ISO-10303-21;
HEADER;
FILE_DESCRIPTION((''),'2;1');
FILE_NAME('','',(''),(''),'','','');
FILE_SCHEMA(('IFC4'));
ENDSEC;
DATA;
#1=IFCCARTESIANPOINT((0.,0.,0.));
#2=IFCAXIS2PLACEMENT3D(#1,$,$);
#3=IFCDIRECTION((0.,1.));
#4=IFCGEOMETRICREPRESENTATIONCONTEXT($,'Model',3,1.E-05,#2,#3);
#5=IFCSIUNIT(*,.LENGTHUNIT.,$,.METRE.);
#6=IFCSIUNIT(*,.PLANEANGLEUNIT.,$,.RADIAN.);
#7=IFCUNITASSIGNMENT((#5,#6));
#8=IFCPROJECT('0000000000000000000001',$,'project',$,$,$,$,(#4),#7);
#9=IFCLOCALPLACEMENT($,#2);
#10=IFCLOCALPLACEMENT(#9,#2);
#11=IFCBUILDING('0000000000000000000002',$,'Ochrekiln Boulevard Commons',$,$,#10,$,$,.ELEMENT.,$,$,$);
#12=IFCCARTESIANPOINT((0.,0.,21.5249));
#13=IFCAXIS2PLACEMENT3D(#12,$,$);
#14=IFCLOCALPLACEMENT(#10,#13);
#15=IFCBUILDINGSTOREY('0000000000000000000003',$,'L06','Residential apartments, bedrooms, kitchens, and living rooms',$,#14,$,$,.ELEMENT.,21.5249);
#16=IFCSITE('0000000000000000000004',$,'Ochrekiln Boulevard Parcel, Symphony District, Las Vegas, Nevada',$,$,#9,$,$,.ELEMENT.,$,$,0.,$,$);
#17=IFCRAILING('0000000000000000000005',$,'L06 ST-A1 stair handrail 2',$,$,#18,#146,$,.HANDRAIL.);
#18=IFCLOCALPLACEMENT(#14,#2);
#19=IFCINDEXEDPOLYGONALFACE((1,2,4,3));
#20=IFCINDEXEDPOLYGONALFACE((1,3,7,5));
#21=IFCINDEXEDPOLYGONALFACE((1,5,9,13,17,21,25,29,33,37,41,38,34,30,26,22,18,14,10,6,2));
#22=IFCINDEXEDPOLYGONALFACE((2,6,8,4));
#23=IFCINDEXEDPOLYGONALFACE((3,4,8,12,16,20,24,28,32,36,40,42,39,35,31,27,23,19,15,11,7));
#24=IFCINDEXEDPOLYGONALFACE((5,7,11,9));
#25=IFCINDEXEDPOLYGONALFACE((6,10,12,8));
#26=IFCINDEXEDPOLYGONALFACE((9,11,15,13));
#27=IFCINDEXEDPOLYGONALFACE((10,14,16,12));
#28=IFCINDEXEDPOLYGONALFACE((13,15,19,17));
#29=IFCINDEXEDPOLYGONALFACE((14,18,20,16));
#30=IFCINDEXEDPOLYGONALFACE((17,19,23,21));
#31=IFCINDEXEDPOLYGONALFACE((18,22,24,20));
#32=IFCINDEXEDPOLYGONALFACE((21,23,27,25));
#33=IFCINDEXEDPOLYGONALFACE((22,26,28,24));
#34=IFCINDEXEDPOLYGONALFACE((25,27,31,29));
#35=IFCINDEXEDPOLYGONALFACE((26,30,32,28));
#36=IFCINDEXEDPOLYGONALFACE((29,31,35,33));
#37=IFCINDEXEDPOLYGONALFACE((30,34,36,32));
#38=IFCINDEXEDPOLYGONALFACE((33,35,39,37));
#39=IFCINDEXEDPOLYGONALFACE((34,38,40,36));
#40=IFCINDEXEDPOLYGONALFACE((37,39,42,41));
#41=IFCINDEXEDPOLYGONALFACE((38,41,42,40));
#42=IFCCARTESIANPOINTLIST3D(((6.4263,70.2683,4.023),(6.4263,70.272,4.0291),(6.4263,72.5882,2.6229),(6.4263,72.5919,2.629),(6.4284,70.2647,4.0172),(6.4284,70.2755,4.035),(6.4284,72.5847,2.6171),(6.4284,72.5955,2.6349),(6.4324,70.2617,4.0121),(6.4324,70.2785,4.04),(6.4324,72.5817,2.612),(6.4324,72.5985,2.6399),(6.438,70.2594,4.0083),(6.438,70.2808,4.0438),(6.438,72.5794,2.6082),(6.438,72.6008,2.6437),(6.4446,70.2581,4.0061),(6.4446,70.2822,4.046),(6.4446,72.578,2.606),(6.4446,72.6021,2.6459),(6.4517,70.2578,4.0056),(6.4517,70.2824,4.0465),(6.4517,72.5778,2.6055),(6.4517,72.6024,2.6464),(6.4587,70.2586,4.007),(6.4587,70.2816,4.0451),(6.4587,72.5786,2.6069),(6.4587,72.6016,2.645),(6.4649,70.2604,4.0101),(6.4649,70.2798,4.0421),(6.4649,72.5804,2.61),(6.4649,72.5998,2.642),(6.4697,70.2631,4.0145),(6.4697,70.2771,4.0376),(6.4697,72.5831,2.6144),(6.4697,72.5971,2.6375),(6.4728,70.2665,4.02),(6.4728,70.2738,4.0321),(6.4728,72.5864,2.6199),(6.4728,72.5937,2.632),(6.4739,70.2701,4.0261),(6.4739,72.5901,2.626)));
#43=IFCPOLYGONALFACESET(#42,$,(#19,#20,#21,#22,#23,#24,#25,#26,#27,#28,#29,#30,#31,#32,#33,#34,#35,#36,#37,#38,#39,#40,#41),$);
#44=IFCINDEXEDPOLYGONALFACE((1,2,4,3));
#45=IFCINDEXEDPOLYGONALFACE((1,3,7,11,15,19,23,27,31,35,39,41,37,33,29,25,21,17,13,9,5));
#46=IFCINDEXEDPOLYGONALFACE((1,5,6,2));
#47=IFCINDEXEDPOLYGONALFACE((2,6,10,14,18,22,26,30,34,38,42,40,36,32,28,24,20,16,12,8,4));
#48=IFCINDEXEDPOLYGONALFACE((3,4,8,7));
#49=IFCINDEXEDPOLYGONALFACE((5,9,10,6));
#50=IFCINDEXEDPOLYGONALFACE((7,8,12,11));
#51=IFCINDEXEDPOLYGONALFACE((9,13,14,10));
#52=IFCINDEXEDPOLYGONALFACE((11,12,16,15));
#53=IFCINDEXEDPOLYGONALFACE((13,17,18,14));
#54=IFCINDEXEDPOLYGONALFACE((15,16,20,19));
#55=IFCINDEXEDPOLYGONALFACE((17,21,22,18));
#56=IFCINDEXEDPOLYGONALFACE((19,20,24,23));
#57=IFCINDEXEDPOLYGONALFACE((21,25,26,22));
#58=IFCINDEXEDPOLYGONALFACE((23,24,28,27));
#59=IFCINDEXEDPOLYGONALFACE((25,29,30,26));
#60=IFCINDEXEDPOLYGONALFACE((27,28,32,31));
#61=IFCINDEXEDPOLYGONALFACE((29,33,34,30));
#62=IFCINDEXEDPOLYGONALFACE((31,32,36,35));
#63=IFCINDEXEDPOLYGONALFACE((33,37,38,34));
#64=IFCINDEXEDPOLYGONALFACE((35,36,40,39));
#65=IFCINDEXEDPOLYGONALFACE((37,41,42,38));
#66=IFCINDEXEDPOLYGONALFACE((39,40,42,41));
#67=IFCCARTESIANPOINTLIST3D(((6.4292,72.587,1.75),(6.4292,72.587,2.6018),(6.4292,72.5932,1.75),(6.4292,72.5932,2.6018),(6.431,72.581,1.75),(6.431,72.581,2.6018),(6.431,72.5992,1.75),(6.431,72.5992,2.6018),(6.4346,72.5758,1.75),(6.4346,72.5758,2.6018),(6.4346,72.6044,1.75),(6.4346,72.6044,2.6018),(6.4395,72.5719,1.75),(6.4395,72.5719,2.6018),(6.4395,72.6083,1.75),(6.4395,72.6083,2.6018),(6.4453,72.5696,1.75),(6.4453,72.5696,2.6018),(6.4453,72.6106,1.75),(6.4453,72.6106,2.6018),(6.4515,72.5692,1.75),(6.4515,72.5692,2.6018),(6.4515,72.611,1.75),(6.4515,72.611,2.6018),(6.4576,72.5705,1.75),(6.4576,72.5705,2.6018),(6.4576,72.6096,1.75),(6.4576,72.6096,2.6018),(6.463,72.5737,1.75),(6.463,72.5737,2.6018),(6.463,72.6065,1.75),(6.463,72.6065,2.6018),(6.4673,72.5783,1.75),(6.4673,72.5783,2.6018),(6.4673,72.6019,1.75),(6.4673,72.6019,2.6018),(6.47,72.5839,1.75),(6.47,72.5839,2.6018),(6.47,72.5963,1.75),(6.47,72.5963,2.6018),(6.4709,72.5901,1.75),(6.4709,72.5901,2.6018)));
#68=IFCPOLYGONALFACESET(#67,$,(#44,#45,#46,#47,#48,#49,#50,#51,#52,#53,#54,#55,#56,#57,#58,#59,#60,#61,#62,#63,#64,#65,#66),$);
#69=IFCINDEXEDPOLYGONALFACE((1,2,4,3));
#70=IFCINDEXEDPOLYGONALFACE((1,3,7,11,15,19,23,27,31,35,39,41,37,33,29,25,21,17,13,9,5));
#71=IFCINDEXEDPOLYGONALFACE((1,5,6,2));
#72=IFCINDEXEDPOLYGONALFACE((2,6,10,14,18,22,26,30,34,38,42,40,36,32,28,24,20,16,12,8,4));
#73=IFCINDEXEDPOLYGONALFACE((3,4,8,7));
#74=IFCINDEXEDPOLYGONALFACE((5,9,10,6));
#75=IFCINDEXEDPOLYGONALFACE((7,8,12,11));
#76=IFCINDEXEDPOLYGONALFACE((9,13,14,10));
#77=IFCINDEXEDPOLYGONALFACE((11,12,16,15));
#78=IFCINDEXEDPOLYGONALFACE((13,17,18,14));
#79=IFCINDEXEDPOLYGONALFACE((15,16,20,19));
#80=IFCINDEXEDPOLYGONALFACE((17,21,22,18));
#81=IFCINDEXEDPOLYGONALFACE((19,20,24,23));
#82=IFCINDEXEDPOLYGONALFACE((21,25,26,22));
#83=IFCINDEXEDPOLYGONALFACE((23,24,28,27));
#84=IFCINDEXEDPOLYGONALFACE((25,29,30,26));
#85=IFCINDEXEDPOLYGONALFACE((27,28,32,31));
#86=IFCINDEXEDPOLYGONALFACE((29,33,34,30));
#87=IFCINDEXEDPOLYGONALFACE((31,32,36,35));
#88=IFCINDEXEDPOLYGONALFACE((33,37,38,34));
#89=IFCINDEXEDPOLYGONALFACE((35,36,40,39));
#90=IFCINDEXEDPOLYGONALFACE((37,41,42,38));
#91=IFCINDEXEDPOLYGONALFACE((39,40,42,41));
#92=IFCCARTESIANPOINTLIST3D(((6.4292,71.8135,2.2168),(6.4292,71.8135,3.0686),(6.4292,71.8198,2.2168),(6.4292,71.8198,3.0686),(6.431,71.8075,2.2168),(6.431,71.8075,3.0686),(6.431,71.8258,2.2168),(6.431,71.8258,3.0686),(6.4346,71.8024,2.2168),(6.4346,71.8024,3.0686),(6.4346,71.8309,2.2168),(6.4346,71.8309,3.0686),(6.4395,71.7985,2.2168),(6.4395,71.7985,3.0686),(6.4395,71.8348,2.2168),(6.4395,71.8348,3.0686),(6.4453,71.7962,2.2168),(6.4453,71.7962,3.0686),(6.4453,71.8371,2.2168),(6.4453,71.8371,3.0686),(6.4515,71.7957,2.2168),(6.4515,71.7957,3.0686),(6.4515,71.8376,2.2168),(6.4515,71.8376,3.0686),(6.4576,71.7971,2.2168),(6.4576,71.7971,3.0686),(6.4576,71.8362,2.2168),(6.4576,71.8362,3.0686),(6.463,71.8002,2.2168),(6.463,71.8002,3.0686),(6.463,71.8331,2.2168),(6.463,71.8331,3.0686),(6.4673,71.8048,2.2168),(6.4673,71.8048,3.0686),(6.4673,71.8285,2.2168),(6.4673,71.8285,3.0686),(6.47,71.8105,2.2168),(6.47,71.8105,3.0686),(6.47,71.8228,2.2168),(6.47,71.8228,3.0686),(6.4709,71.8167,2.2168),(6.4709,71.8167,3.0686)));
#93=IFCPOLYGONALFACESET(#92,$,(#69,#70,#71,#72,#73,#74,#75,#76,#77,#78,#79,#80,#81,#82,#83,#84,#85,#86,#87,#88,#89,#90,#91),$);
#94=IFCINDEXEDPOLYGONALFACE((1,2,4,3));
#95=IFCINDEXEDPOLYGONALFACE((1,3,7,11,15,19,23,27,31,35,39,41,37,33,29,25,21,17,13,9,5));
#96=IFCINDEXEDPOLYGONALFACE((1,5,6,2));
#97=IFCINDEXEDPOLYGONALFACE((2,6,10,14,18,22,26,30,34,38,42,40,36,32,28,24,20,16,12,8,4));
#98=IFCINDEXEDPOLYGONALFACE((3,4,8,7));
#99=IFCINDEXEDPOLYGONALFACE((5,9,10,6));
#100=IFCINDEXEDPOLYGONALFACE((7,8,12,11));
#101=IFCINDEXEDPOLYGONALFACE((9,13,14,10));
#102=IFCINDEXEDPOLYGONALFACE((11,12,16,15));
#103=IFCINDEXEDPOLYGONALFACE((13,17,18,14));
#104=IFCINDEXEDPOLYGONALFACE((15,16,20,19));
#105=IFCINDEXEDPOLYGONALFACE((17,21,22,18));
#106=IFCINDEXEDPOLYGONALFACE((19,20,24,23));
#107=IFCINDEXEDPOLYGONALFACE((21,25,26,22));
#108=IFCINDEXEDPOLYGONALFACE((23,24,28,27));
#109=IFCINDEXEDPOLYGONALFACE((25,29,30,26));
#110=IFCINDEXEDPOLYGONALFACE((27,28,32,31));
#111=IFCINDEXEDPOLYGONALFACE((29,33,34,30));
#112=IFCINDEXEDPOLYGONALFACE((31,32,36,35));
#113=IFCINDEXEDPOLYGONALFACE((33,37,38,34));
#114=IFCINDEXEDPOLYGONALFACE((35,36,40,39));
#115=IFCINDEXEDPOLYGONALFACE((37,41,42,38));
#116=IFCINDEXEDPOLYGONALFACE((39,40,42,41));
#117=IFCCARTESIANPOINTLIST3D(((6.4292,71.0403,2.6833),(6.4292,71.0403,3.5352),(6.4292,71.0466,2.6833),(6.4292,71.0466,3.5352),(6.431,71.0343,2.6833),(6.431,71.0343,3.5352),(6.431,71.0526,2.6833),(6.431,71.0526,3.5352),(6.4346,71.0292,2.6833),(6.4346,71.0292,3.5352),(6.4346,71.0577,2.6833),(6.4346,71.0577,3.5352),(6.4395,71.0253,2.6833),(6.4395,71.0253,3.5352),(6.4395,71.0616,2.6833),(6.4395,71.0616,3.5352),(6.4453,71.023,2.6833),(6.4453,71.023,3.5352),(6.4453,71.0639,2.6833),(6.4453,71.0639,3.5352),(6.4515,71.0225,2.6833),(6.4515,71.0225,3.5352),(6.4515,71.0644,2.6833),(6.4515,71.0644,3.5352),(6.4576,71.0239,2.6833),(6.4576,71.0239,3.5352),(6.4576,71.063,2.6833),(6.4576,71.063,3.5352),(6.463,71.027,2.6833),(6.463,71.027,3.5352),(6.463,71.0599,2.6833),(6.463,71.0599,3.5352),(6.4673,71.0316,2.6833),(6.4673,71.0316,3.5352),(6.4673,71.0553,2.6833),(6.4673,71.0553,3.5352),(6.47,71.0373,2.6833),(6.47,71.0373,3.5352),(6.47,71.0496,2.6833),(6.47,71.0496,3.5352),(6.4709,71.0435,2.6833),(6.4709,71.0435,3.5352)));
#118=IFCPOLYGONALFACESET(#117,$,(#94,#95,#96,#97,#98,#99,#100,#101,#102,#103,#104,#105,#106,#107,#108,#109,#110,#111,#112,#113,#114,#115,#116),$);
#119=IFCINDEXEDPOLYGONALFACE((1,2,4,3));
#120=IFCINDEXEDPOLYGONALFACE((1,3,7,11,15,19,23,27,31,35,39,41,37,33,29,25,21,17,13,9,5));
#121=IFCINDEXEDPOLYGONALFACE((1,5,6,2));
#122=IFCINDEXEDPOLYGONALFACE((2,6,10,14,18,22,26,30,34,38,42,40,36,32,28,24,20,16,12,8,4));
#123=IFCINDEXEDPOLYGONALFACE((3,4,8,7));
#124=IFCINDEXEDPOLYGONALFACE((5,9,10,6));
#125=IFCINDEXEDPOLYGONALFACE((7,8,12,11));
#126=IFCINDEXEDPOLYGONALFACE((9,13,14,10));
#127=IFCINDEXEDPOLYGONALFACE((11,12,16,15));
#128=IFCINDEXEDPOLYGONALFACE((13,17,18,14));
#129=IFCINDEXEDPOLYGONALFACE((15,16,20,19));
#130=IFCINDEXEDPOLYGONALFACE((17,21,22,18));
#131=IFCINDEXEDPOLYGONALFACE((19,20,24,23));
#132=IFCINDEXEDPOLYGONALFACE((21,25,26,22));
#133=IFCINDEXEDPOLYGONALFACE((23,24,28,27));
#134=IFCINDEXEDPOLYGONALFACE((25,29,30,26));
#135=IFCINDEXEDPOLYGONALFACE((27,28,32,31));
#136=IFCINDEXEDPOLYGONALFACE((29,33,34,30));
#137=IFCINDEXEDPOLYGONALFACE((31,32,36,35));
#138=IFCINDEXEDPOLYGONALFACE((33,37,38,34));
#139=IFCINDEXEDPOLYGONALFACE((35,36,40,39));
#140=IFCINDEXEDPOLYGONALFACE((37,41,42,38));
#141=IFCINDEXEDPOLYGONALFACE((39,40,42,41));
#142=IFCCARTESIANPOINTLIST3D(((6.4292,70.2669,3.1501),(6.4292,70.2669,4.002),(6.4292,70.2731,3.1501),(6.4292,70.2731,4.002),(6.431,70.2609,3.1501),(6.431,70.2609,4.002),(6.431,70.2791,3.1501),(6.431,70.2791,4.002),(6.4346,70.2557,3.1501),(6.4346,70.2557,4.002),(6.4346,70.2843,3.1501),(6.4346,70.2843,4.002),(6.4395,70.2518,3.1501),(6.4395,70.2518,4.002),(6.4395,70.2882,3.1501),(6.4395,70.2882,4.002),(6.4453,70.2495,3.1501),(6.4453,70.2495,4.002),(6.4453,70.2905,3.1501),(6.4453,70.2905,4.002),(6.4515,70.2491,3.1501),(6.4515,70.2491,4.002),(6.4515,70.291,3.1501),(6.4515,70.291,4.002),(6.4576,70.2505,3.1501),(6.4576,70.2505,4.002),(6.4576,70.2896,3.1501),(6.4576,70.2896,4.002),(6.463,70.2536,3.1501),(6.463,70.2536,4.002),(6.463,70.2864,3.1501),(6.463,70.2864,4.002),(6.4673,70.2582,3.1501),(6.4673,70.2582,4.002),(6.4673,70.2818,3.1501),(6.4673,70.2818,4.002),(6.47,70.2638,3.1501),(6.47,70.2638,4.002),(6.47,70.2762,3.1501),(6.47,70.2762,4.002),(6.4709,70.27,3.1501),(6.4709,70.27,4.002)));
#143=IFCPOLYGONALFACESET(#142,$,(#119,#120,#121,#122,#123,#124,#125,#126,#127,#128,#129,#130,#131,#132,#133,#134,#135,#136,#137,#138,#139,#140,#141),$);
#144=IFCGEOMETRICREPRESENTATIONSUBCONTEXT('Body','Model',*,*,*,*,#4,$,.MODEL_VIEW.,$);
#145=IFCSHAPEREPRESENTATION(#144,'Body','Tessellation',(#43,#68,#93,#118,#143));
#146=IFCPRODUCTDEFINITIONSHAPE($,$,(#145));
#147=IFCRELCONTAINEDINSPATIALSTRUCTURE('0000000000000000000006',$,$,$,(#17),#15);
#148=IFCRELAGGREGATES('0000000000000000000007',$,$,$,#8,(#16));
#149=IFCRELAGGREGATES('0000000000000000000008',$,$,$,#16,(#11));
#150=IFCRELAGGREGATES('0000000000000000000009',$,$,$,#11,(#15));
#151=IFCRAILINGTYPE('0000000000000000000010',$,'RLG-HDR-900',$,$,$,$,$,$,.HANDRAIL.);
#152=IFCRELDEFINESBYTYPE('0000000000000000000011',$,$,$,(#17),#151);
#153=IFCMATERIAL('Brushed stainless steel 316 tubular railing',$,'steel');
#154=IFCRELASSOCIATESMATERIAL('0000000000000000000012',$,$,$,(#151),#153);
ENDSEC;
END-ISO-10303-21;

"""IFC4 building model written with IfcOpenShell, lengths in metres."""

from ifc_helpers import new_model, si_unit, direction, frame, origin, origin_2d, place, context, subcontext, project, spatial, circle, extrude, material, type_object, element, save


model = new_model("IFC4")

# Units and contexts
model_context = context("Model", 3, precision=1e-05, world=origin(), true_north=direction((0.0, 1.0)))
body_context = subcontext(model_context, "Body", "Model", "MODEL_VIEW")
ifc_project = project(units=[si_unit("LENGTHUNIT", "METRE"), si_unit("PLANEANGLEUNIT", "RADIAN")], contexts=[model_context])

# Site, building, storey
site_placement = place(None, origin())
site = spatial("IfcSite", under=ifc_project, at=site_placement, Name="Ochrekiln Boulevard Parcel, Symphony District, Las Vegas, Nevada", CompositionType="ELEMENT", RefElevation=0.0)
building_placement = place(site_placement, origin())
building = spatial("IfcBuilding", under=site, at=building_placement, Name="Ochrekiln Boulevard Commons", CompositionType="ELEMENT")
storey_placement = place(building_placement, frame((0.0, 0.0, 21.5249)))
storey = spatial("IfcBuildingStorey", under=building, at=storey_placement, Name="L06", Description="Residential apartments, bedrooms, kitchens, and living rooms", CompositionType="ELEMENT", Elevation=21.5249)

# Railing
ifc_material_1 = material(Name="Brushed stainless steel 316 tubular railing", Category="steel")
railing_type_1 = type_object("IfcRailingType", Name="RLG-HDR-900", PredefinedType="HANDRAIL", material=ifc_material_1)
railing_1_placement = place(storey_placement, frame((6.45, 72.5901, 1.75)))
element("IfcRailing", 1, at=railing_1_placement, inside=storey, type_object=railing_type_1, Name="L06 ST-A1 stair handrail 2", PredefinedType="HANDRAIL", context=body_context, shape_type="SweptSolid", body=[
    extrude(circle(Radius=0.0239, at=origin_2d()), frame((0.0, 0.0, 0.876), z_axis=(0.0, -0.85617, 0.516693), x_axis=(1.0, 0.0, 0.0)), (0.0, 0.0, 1.0), 2.7097),
    extrude(circle(Radius=0.021, at=origin_2d()), origin(), (0.0, 0.0, 1.0), 0.8518),
    extrude(circle(Radius=0.021, at=origin_2d()), frame((0.0, -0.7734, 0.4668)), (0.0, 0.0, 1.0), 0.8518),
    extrude(circle(Radius=0.021, at=origin_2d()), frame((0.0, -1.5466, 0.9333)), (0.0, 0.0, 1.0), 0.8518),
    extrude(circle(Radius=0.021, at=origin_2d()), frame((0.0, -2.3201, 1.4001)), (0.0, 0.0, 1.0), 0.8518),
])

save(model, "model.ifc")
